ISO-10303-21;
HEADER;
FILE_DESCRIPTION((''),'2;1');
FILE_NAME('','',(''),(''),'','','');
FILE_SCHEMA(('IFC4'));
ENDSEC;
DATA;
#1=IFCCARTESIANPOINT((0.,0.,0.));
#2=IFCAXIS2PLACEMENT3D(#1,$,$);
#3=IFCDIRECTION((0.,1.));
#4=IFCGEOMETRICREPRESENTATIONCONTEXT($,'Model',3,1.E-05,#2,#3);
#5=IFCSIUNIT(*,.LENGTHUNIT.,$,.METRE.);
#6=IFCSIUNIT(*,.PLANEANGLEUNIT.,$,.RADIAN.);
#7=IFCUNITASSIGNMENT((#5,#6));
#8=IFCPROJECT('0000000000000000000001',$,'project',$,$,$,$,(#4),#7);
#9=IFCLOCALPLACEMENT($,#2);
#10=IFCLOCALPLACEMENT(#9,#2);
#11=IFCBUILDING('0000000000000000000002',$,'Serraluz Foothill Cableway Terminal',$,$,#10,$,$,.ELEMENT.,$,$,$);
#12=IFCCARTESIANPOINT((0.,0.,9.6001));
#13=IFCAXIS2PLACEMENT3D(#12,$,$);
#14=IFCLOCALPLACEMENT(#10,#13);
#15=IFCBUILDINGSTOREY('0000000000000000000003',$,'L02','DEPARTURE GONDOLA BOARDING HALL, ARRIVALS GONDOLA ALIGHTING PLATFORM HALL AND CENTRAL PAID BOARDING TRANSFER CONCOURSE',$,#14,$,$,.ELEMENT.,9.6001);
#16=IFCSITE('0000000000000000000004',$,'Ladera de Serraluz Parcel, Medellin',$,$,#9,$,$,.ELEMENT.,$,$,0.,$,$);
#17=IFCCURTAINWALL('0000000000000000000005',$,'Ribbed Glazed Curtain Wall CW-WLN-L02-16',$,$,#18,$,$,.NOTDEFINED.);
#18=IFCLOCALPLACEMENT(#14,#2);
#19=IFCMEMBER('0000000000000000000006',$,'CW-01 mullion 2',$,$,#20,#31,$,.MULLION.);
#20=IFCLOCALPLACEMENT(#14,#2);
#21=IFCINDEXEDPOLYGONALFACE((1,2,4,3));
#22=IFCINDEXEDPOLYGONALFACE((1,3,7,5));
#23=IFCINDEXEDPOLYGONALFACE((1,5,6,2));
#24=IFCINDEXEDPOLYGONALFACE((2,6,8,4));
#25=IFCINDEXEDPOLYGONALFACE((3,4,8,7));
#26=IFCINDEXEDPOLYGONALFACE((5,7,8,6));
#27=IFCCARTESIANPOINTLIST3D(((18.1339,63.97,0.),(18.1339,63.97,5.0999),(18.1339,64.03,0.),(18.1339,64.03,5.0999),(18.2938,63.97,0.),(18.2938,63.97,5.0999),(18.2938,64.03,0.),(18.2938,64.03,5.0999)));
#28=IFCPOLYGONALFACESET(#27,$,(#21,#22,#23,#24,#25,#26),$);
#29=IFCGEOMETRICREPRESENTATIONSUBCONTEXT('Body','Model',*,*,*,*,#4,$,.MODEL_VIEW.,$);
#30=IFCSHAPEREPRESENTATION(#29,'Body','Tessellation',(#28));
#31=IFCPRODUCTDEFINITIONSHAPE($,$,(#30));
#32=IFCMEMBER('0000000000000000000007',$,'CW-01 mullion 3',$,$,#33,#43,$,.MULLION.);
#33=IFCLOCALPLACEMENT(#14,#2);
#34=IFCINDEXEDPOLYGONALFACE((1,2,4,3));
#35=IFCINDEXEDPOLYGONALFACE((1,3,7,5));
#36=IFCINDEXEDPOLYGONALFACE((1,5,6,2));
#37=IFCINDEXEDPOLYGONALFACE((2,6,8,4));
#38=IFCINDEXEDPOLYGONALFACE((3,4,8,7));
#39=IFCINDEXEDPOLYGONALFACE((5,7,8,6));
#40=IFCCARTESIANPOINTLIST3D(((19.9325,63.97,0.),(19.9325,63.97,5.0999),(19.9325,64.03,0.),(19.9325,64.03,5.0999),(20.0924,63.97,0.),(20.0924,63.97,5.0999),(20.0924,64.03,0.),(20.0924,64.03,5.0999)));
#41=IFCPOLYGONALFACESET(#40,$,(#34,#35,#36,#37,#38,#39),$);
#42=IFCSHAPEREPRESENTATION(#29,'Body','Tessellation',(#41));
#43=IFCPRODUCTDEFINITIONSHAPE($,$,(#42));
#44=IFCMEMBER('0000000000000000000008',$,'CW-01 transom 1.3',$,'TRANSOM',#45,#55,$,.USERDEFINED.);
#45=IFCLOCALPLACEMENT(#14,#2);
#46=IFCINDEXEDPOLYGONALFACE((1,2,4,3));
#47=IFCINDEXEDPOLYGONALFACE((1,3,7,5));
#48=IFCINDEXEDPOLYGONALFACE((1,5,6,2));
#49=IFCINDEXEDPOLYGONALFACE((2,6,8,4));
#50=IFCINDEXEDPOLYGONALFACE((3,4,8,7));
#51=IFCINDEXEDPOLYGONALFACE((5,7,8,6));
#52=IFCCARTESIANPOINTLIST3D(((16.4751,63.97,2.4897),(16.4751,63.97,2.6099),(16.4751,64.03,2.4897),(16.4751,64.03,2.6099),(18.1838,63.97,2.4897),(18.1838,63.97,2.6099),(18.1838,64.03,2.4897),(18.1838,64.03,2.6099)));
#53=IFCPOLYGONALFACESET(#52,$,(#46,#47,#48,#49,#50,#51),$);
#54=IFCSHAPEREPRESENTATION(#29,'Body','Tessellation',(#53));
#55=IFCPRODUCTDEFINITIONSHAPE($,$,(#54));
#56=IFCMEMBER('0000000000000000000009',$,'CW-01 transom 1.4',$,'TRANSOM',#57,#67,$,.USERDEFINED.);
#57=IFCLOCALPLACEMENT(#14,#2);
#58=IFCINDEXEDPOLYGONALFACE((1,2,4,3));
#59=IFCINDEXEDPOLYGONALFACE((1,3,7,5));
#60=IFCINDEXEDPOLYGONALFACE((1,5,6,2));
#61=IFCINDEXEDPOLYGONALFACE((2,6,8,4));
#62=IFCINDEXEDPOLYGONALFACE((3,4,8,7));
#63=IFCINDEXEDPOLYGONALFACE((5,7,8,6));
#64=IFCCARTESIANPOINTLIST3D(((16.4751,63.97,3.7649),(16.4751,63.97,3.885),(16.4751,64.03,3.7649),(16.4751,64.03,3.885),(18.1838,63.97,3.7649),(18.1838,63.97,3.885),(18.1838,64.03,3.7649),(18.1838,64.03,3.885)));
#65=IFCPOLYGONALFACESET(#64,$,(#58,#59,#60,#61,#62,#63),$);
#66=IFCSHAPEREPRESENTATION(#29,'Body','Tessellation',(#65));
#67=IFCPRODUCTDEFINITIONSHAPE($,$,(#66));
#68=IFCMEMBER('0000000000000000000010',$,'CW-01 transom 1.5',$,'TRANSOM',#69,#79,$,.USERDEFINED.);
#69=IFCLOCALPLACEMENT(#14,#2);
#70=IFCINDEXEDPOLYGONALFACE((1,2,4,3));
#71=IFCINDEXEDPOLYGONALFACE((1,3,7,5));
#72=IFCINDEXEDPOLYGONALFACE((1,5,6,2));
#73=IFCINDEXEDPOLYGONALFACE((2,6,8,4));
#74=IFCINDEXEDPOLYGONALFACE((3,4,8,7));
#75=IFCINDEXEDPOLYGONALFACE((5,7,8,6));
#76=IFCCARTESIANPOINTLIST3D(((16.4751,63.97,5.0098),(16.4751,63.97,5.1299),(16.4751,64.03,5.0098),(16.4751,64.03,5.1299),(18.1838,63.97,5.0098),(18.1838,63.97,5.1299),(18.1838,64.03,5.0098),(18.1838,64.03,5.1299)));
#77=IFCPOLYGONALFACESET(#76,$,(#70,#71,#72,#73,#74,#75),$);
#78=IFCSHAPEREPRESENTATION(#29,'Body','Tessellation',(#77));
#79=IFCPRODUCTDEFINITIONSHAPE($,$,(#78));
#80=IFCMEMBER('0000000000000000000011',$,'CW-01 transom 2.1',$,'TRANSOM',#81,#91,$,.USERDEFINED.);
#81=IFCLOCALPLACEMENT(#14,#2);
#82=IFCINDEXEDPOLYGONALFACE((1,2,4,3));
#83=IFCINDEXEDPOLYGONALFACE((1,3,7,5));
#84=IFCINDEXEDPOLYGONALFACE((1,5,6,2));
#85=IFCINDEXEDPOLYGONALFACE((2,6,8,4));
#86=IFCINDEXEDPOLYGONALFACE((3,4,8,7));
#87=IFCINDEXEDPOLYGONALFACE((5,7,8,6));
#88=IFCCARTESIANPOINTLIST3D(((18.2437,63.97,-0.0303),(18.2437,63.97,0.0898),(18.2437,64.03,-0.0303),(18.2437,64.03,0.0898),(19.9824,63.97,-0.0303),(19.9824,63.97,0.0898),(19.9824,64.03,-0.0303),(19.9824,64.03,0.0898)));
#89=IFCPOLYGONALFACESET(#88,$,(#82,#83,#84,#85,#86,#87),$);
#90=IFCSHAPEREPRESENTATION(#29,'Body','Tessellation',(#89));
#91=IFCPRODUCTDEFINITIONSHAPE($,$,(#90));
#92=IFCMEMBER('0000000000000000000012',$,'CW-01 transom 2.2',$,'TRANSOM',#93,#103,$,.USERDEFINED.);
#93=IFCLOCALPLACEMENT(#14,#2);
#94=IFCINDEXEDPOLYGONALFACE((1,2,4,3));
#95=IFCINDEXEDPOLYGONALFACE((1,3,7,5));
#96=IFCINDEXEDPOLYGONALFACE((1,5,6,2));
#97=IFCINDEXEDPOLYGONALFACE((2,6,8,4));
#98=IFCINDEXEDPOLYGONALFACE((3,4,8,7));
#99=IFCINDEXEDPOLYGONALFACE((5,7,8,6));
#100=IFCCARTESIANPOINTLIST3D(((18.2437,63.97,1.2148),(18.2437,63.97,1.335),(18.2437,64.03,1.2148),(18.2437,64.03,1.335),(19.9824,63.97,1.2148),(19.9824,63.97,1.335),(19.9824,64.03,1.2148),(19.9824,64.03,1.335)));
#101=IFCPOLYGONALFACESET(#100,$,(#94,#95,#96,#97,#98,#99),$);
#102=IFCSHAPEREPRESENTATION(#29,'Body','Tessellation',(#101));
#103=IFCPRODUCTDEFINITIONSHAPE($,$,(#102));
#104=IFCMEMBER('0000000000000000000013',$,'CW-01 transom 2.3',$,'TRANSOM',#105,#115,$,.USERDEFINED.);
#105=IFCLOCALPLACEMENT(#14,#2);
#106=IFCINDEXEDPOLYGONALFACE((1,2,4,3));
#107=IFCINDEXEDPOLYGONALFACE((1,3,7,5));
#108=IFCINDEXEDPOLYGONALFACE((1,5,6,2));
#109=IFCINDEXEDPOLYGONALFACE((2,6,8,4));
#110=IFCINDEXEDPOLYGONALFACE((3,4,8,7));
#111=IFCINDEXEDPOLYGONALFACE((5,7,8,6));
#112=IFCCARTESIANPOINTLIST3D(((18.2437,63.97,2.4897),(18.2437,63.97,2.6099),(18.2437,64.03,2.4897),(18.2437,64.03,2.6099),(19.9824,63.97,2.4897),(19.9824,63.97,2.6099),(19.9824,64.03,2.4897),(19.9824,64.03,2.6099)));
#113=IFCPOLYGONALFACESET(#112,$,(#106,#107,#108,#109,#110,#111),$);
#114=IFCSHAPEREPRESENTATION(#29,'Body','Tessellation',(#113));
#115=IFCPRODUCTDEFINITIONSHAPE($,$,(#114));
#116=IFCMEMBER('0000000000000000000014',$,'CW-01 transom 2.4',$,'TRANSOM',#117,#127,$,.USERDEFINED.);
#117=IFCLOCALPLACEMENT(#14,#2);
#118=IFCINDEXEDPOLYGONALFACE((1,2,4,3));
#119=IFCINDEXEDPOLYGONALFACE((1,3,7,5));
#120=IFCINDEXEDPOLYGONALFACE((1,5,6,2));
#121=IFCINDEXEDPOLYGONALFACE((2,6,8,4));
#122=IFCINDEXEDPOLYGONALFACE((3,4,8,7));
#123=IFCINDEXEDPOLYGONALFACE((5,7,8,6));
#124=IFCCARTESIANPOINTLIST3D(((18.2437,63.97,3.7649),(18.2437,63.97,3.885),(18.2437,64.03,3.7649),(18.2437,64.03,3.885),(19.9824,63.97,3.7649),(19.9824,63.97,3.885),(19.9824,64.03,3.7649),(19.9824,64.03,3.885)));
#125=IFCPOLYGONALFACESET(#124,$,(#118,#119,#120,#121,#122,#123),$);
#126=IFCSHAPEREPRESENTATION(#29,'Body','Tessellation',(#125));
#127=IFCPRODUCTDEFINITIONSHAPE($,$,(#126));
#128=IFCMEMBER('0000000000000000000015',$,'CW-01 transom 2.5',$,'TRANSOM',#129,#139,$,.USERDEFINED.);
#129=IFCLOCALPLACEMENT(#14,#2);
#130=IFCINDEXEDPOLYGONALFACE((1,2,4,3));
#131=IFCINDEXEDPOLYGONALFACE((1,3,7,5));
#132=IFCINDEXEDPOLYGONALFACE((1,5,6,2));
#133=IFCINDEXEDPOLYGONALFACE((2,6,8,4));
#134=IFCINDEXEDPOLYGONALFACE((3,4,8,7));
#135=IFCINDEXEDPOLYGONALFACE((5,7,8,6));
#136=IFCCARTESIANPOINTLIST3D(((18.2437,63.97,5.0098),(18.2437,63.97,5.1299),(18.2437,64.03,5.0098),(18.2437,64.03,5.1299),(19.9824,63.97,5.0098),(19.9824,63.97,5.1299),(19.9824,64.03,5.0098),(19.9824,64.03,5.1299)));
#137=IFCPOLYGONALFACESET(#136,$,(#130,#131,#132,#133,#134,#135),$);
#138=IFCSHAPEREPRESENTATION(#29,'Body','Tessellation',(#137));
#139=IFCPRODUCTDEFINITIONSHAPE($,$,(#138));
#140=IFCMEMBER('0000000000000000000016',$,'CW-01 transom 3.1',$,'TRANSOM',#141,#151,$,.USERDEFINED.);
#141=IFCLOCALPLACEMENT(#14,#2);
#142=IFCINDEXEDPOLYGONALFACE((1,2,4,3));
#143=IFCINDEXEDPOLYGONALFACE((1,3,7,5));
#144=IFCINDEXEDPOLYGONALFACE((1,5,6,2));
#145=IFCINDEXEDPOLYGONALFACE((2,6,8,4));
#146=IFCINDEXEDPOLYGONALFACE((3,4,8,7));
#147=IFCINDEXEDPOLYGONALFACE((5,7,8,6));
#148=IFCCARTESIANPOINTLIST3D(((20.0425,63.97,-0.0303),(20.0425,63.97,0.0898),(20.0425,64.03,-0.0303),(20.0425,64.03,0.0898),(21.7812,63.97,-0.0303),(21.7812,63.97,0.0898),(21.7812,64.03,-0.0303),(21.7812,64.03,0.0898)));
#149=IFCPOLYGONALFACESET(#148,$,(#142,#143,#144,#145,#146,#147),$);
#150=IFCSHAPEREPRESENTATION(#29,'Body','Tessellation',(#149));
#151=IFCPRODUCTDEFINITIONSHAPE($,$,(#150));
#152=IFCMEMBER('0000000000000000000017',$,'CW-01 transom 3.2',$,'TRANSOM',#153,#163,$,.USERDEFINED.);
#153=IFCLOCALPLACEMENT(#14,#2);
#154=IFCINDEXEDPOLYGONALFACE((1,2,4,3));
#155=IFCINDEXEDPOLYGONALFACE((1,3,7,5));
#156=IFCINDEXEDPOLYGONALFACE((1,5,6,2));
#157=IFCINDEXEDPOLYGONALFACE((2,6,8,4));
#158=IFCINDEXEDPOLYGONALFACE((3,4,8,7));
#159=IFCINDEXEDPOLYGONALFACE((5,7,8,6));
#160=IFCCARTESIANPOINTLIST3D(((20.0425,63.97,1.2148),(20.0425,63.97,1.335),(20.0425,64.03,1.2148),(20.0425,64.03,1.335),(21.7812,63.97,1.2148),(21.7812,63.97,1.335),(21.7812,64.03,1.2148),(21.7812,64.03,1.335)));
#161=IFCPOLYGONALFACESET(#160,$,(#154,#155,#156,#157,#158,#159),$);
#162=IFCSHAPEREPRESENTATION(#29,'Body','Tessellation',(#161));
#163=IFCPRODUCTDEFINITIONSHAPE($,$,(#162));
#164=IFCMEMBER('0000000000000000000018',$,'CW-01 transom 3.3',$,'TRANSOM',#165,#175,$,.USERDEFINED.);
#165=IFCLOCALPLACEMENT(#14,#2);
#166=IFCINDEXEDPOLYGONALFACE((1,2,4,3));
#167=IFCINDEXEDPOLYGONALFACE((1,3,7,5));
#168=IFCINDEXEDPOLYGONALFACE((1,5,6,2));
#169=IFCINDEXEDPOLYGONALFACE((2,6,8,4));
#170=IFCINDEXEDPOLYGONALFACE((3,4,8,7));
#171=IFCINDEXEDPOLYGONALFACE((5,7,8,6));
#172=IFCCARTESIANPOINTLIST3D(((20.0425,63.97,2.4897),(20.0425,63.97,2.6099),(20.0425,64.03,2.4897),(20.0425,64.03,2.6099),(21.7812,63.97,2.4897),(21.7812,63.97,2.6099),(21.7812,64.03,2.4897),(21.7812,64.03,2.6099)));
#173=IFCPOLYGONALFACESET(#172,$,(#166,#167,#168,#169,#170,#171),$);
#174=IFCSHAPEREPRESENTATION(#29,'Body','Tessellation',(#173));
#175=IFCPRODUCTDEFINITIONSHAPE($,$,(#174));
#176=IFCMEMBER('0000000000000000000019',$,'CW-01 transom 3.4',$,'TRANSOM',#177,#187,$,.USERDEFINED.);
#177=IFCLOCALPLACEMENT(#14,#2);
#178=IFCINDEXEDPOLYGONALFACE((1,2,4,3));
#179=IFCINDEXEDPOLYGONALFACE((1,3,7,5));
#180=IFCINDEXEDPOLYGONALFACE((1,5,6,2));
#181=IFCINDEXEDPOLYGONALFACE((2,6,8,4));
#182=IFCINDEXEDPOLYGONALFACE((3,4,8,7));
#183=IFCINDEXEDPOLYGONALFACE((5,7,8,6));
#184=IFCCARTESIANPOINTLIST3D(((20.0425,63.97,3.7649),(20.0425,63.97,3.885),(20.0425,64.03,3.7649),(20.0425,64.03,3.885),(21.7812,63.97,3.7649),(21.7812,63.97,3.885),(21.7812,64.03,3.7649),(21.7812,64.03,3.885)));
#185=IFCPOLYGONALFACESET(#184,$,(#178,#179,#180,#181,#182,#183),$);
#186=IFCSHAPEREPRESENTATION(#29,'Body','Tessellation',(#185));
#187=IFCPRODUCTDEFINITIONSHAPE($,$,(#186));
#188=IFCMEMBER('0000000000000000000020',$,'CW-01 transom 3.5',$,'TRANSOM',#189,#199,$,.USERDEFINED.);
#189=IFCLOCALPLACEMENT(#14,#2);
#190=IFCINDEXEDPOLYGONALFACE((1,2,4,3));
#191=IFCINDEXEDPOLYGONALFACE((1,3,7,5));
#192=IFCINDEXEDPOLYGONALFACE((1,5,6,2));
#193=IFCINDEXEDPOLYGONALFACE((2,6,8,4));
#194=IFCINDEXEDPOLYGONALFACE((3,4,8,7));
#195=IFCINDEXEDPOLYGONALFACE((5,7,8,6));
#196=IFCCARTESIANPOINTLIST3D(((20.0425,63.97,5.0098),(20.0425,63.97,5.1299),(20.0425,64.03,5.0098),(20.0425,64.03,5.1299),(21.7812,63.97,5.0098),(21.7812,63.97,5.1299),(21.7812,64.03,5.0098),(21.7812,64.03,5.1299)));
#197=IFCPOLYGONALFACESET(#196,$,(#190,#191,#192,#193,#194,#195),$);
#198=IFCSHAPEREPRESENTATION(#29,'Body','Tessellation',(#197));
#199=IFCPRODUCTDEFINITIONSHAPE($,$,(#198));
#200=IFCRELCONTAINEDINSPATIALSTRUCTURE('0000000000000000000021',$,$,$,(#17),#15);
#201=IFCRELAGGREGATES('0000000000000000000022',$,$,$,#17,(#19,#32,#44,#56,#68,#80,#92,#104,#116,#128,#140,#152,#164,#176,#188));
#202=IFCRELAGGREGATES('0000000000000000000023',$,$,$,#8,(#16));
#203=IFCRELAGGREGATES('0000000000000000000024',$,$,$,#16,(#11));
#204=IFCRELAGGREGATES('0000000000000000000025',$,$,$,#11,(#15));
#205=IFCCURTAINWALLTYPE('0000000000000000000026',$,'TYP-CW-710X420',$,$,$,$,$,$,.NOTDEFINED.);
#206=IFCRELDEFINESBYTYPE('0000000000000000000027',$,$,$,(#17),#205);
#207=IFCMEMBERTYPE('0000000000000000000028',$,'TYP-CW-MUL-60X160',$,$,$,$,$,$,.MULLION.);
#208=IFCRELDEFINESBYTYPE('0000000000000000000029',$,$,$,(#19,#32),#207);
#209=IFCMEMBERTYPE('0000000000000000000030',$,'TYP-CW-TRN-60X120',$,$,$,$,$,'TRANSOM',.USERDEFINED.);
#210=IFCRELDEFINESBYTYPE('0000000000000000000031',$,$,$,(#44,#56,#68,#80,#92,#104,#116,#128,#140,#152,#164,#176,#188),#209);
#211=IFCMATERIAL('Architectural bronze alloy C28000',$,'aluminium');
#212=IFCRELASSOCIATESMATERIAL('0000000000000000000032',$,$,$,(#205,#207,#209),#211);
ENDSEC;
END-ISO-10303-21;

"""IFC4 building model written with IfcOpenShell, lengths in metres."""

from ifc_helpers import new_model, si_unit, direction, frame, origin, origin_2d, place, context, subcontext, project, spatial, rectangle, extrude, material, material_profile, profile_set, type_object, element, aggregate, save


model = new_model("IFC4")

# Units and contexts
model_context = context("Model", 3, precision=1e-05, world=origin(), true_north=direction((0.0, 1.0)))
body_context = subcontext(model_context, "Body", "Model", "MODEL_VIEW")
ifc_project = project(units=[si_unit("LENGTHUNIT", "METRE"), si_unit("PLANEANGLEUNIT", "RADIAN")], contexts=[model_context])

# Site, building, storey
site_placement = place(None, origin())
site = spatial("IfcSite", under=ifc_project, at=site_placement, Name="Ladera de Serraluz Parcel, Medellin", CompositionType="ELEMENT", RefElevation=0.0)
building_placement = place(site_placement, origin())
building = spatial("IfcBuilding", under=site, at=building_placement, Name="Serraluz Foothill Cableway Terminal", CompositionType="ELEMENT")
storey_placement = place(building_placement, frame((0.0, 0.0, 9.6001)))
storey = spatial("IfcBuildingStorey", under=building, at=storey_placement, Name="L02", Description="DEPARTURE GONDOLA BOARDING HALL, ARRIVALS GONDOLA ALIGHTING PLATFORM HALL AND CENTRAL PAID BOARDING TRANSFER CONCOURSE", CompositionType="ELEMENT", Elevation=9.6001)

# Curtain wall, members
ifc_material_1 = material(Name="Architectural bronze alloy C28000", Category="aluminium")
curtain_wall_type = type_object("IfcCurtainWallType", Name="TYP-CW-710X420", PredefinedType="NOTDEFINED", material=ifc_material_1)
curtain_wall_placement = place(storey_placement, origin())
curtain_wall = element("IfcCurtainWall", 1, at=curtain_wall_placement, inside=storey, type_object=curtain_wall_type, Name="Ribbed Glazed Curtain Wall CW-WLN-L02-16", PredefinedType="NOTDEFINED")
ifc_material_profile_1 = material_profile(ifc_material_1, rectangle(XDim=0.0601, YDim=0.1599, at=origin_2d()), Name="ALU MULLION 60x160")
ifc_profile_set_1 = profile_set([ifc_material_profile_1], Name="Architectural bronze alloy C28000")
member_type_1 = type_object("IfcMemberType", Name="TYP-CW-MUL-60X160", PredefinedType="MULLION", material=ifc_profile_set_1)
member_1_placement = place(storey_placement, frame((18.2139, 64.0, 0.0), z_axis=(0.0, 0.0, 1.0), x_axis=(0.0, 1.0, 0.0)))
member_1 = element("IfcMember", 2, at=member_1_placement, type_object=member_type_1, Name="CW-01 mullion 2", PredefinedType="MULLION", context=body_context, shape_type="SweptSolid", body=[
    extrude(rectangle(XDim=0.0601, YDim=0.1599, at=origin_2d()), origin(), (0.0, 0.0, 1.0), 5.0999),
])
member_2_placement = place(storey_placement, frame((20.0125, 64.0, 0.0), z_axis=(0.0, 0.0, 1.0), x_axis=(0.0, 1.0, 0.0)))
member_2 = element("IfcMember", 3, at=member_2_placement, type_object=member_type_1, Name="CW-01 mullion 3", PredefinedType="MULLION", context=body_context, shape_type="SweptSolid", body=[
    extrude(rectangle(XDim=0.0601, YDim=0.1599, at=origin_2d()), origin(), (0.0, 0.0, 1.0), 5.0999),
])
ifc_material_profile_2 = material_profile(ifc_material_1, rectangle(XDim=0.0601, YDim=0.1201, at=origin_2d()), Name="ALU TRANSOM 60x120")
ifc_profile_set_2 = profile_set([ifc_material_profile_2], Name="Architectural bronze alloy C28000")
member_type_2 = type_object("IfcMemberType", Name="TYP-CW-TRN-60X120", ElementType="TRANSOM", PredefinedType="USERDEFINED", material=ifc_profile_set_2)
member_3_placement = place(storey_placement, frame((16.4751, 64.0, 2.5498), z_axis=(1.0, 0.0, 0.0), x_axis=(0.0, 1.0, 0.0)))
member_3 = element("IfcMember", 4, at=member_3_placement, type_object=member_type_2, Name="CW-01 transom 1.3", ObjectType="TRANSOM", PredefinedType="USERDEFINED", context=body_context, shape_type="SweptSolid", body=[
    extrude(rectangle(XDim=0.0601, YDim=0.1201, at=origin_2d()), origin(), (0.0, 0.0, 1.0), 1.7087),
])
member_4_placement = place(storey_placement, frame((16.4751, 64.0, 3.825), z_axis=(1.0, 0.0, 0.0), x_axis=(0.0, 1.0, 0.0)))
member_4 = element("IfcMember", 5, at=member_4_placement, type_object=member_type_2, Name="CW-01 transom 1.4", ObjectType="TRANSOM", PredefinedType="USERDEFINED", context=body_context, shape_type="SweptSolid", body=[
    extrude(rectangle(XDim=0.0601, YDim=0.1201, at=origin_2d()), origin(), (0.0, 0.0, 1.0), 1.7087),
])
member_5_placement = place(storey_placement, frame((16.4751, 64.0, 5.0698), z_axis=(1.0, 0.0, 0.0), x_axis=(0.0, 1.0, 0.0)))
member_5 = element("IfcMember", 6, at=member_5_placement, type_object=member_type_2, Name="CW-01 transom 1.5", ObjectType="TRANSOM", PredefinedType="USERDEFINED", context=body_context, shape_type="SweptSolid", body=[
    extrude(rectangle(XDim=0.0601, YDim=0.1201, at=origin_2d()), origin(), (0.0, 0.0, 1.0), 1.7087),
])
member_6_placement = place(storey_placement, frame((18.2437, 64.0, 0.0298), z_axis=(1.0, 0.0, 0.0), x_axis=(0.0, 1.0, 0.0)))
member_6 = element("IfcMember", 7, at=member_6_placement, type_object=member_type_2, Name="CW-01 transom 2.1", ObjectType="TRANSOM", PredefinedType="USERDEFINED", context=body_context, shape_type="SweptSolid", body=[
    extrude(rectangle(XDim=0.0601, YDim=0.1201, at=origin_2d()), origin(), (0.0, 0.0, 1.0), 1.7388),
])
member_7_placement = place(storey_placement, frame((18.2437, 64.0, 1.2749), z_axis=(1.0, 0.0, 0.0), x_axis=(0.0, 1.0, 0.0)))
member_7 = element("IfcMember", 8, at=member_7_placement, type_object=member_type_2, Name="CW-01 transom 2.2", ObjectType="TRANSOM", PredefinedType="USERDEFINED", context=body_context, shape_type="SweptSolid", body=[
    extrude(rectangle(XDim=0.0601, YDim=0.1201, at=origin_2d()), origin(), (0.0, 0.0, 1.0), 1.7388),
])
member_8_placement = place(storey_placement, frame((18.2437, 64.0, 2.5498), z_axis=(1.0, 0.0, 0.0), x_axis=(0.0, 1.0, 0.0)))
member_8 = element("IfcMember", 9, at=member_8_placement, type_object=member_type_2, Name="CW-01 transom 2.3", ObjectType="TRANSOM", PredefinedType="USERDEFINED", context=body_context, shape_type="SweptSolid", body=[
    extrude(rectangle(XDim=0.0601, YDim=0.1201, at=origin_2d()), origin(), (0.0, 0.0, 1.0), 1.7388),
])
member_9_placement = place(storey_placement, frame((18.2437, 64.0, 3.825), z_axis=(1.0, 0.0, 0.0), x_axis=(0.0, 1.0, 0.0)))
member_9 = element("IfcMember", 10, at=member_9_placement, type_object=member_type_2, Name="CW-01 transom 2.4", ObjectType="TRANSOM", PredefinedType="USERDEFINED", context=body_context, shape_type="SweptSolid", body=[
    extrude(rectangle(XDim=0.0601, YDim=0.1201, at=origin_2d()), origin(), (0.0, 0.0, 1.0), 1.7388),
])
member_10_placement = place(storey_placement, frame((18.2437, 64.0, 5.0698), z_axis=(1.0, 0.0, 0.0), x_axis=(0.0, 1.0, 0.0)))
member_10 = element("IfcMember", 11, at=member_10_placement, type_object=member_type_2, Name="CW-01 transom 2.5", ObjectType="TRANSOM", PredefinedType="USERDEFINED", context=body_context, shape_type="SweptSolid", body=[
    extrude(rectangle(XDim=0.0601, YDim=0.1201, at=origin_2d()), origin(), (0.0, 0.0, 1.0), 1.7388),
])
member_11_placement = place(storey_placement, frame((20.0425, 64.0, 0.0298), z_axis=(1.0, 0.0, 0.0), x_axis=(0.0, 1.0, 0.0)))
member_11 = element("IfcMember", 12, at=member_11_placement, type_object=member_type_2, Name="CW-01 transom 3.1", ObjectType="TRANSOM", PredefinedType="USERDEFINED", context=body_context, shape_type="SweptSolid", body=[
    extrude(rectangle(XDim=0.0601, YDim=0.1201, at=origin_2d()), origin(), (0.0, 0.0, 1.0), 1.7388),
])
member_12_placement = place(storey_placement, frame((20.0425, 64.0, 1.2749), z_axis=(1.0, 0.0, 0.0), x_axis=(0.0, 1.0, 0.0)))
member_12 = element("IfcMember", 13, at=member_12_placement, type_object=member_type_2, Name="CW-01 transom 3.2", ObjectType="TRANSOM", PredefinedType="USERDEFINED", context=body_context, shape_type="SweptSolid", body=[
    extrude(rectangle(XDim=0.0601, YDim=0.1201, at=origin_2d()), origin(), (0.0, 0.0, 1.0), 1.7388),
])
member_13_placement = place(storey_placement, frame((20.0425, 64.0, 2.5498), z_axis=(1.0, 0.0, 0.0), x_axis=(0.0, 1.0, 0.0)))
member_13 = element("IfcMember", 14, at=member_13_placement, type_object=member_type_2, Name="CW-01 transom 3.3", ObjectType="TRANSOM", PredefinedType="USERDEFINED", context=body_context, shape_type="SweptSolid", body=[
    extrude(rectangle(XDim=0.0601, YDim=0.1201, at=origin_2d()), origin(), (0.0, 0.0, 1.0), 1.7388),
])
member_14_placement = place(storey_placement, frame((20.0425, 64.0, 3.825), z_axis=(1.0, 0.0, 0.0), x_axis=(0.0, 1.0, 0.0)))
member_14 = element("IfcMember", 15, at=member_14_placement, type_object=member_type_2, Name="CW-01 transom 3.4", ObjectType="TRANSOM", PredefinedType="USERDEFINED", context=body_context, shape_type="SweptSolid", body=[
    extrude(rectangle(XDim=0.0601, YDim=0.1201, at=origin_2d()), origin(), (0.0, 0.0, 1.0), 1.7388),
])
member_15_placement = place(storey_placement, frame((20.0425, 64.0, 5.0698), z_axis=(1.0, 0.0, 0.0), x_axis=(0.0, 1.0, 0.0)))
member_15 = element("IfcMember", 16, at=member_15_placement, type_object=member_type_2, Name="CW-01 transom 3.5", ObjectType="TRANSOM", PredefinedType="USERDEFINED", context=body_context, shape_type="SweptSolid", body=[
    extrude(rectangle(XDim=0.0601, YDim=0.1201, at=origin_2d()), origin(), (0.0, 0.0, 1.0), 1.7388),
])
aggregate(curtain_wall, [member_1, member_2, member_3, member_4, member_5, member_6, member_7, member_8, member_9, member_10, member_11, member_12, member_13, member_14, member_15])

save(model, "model.ifc")
